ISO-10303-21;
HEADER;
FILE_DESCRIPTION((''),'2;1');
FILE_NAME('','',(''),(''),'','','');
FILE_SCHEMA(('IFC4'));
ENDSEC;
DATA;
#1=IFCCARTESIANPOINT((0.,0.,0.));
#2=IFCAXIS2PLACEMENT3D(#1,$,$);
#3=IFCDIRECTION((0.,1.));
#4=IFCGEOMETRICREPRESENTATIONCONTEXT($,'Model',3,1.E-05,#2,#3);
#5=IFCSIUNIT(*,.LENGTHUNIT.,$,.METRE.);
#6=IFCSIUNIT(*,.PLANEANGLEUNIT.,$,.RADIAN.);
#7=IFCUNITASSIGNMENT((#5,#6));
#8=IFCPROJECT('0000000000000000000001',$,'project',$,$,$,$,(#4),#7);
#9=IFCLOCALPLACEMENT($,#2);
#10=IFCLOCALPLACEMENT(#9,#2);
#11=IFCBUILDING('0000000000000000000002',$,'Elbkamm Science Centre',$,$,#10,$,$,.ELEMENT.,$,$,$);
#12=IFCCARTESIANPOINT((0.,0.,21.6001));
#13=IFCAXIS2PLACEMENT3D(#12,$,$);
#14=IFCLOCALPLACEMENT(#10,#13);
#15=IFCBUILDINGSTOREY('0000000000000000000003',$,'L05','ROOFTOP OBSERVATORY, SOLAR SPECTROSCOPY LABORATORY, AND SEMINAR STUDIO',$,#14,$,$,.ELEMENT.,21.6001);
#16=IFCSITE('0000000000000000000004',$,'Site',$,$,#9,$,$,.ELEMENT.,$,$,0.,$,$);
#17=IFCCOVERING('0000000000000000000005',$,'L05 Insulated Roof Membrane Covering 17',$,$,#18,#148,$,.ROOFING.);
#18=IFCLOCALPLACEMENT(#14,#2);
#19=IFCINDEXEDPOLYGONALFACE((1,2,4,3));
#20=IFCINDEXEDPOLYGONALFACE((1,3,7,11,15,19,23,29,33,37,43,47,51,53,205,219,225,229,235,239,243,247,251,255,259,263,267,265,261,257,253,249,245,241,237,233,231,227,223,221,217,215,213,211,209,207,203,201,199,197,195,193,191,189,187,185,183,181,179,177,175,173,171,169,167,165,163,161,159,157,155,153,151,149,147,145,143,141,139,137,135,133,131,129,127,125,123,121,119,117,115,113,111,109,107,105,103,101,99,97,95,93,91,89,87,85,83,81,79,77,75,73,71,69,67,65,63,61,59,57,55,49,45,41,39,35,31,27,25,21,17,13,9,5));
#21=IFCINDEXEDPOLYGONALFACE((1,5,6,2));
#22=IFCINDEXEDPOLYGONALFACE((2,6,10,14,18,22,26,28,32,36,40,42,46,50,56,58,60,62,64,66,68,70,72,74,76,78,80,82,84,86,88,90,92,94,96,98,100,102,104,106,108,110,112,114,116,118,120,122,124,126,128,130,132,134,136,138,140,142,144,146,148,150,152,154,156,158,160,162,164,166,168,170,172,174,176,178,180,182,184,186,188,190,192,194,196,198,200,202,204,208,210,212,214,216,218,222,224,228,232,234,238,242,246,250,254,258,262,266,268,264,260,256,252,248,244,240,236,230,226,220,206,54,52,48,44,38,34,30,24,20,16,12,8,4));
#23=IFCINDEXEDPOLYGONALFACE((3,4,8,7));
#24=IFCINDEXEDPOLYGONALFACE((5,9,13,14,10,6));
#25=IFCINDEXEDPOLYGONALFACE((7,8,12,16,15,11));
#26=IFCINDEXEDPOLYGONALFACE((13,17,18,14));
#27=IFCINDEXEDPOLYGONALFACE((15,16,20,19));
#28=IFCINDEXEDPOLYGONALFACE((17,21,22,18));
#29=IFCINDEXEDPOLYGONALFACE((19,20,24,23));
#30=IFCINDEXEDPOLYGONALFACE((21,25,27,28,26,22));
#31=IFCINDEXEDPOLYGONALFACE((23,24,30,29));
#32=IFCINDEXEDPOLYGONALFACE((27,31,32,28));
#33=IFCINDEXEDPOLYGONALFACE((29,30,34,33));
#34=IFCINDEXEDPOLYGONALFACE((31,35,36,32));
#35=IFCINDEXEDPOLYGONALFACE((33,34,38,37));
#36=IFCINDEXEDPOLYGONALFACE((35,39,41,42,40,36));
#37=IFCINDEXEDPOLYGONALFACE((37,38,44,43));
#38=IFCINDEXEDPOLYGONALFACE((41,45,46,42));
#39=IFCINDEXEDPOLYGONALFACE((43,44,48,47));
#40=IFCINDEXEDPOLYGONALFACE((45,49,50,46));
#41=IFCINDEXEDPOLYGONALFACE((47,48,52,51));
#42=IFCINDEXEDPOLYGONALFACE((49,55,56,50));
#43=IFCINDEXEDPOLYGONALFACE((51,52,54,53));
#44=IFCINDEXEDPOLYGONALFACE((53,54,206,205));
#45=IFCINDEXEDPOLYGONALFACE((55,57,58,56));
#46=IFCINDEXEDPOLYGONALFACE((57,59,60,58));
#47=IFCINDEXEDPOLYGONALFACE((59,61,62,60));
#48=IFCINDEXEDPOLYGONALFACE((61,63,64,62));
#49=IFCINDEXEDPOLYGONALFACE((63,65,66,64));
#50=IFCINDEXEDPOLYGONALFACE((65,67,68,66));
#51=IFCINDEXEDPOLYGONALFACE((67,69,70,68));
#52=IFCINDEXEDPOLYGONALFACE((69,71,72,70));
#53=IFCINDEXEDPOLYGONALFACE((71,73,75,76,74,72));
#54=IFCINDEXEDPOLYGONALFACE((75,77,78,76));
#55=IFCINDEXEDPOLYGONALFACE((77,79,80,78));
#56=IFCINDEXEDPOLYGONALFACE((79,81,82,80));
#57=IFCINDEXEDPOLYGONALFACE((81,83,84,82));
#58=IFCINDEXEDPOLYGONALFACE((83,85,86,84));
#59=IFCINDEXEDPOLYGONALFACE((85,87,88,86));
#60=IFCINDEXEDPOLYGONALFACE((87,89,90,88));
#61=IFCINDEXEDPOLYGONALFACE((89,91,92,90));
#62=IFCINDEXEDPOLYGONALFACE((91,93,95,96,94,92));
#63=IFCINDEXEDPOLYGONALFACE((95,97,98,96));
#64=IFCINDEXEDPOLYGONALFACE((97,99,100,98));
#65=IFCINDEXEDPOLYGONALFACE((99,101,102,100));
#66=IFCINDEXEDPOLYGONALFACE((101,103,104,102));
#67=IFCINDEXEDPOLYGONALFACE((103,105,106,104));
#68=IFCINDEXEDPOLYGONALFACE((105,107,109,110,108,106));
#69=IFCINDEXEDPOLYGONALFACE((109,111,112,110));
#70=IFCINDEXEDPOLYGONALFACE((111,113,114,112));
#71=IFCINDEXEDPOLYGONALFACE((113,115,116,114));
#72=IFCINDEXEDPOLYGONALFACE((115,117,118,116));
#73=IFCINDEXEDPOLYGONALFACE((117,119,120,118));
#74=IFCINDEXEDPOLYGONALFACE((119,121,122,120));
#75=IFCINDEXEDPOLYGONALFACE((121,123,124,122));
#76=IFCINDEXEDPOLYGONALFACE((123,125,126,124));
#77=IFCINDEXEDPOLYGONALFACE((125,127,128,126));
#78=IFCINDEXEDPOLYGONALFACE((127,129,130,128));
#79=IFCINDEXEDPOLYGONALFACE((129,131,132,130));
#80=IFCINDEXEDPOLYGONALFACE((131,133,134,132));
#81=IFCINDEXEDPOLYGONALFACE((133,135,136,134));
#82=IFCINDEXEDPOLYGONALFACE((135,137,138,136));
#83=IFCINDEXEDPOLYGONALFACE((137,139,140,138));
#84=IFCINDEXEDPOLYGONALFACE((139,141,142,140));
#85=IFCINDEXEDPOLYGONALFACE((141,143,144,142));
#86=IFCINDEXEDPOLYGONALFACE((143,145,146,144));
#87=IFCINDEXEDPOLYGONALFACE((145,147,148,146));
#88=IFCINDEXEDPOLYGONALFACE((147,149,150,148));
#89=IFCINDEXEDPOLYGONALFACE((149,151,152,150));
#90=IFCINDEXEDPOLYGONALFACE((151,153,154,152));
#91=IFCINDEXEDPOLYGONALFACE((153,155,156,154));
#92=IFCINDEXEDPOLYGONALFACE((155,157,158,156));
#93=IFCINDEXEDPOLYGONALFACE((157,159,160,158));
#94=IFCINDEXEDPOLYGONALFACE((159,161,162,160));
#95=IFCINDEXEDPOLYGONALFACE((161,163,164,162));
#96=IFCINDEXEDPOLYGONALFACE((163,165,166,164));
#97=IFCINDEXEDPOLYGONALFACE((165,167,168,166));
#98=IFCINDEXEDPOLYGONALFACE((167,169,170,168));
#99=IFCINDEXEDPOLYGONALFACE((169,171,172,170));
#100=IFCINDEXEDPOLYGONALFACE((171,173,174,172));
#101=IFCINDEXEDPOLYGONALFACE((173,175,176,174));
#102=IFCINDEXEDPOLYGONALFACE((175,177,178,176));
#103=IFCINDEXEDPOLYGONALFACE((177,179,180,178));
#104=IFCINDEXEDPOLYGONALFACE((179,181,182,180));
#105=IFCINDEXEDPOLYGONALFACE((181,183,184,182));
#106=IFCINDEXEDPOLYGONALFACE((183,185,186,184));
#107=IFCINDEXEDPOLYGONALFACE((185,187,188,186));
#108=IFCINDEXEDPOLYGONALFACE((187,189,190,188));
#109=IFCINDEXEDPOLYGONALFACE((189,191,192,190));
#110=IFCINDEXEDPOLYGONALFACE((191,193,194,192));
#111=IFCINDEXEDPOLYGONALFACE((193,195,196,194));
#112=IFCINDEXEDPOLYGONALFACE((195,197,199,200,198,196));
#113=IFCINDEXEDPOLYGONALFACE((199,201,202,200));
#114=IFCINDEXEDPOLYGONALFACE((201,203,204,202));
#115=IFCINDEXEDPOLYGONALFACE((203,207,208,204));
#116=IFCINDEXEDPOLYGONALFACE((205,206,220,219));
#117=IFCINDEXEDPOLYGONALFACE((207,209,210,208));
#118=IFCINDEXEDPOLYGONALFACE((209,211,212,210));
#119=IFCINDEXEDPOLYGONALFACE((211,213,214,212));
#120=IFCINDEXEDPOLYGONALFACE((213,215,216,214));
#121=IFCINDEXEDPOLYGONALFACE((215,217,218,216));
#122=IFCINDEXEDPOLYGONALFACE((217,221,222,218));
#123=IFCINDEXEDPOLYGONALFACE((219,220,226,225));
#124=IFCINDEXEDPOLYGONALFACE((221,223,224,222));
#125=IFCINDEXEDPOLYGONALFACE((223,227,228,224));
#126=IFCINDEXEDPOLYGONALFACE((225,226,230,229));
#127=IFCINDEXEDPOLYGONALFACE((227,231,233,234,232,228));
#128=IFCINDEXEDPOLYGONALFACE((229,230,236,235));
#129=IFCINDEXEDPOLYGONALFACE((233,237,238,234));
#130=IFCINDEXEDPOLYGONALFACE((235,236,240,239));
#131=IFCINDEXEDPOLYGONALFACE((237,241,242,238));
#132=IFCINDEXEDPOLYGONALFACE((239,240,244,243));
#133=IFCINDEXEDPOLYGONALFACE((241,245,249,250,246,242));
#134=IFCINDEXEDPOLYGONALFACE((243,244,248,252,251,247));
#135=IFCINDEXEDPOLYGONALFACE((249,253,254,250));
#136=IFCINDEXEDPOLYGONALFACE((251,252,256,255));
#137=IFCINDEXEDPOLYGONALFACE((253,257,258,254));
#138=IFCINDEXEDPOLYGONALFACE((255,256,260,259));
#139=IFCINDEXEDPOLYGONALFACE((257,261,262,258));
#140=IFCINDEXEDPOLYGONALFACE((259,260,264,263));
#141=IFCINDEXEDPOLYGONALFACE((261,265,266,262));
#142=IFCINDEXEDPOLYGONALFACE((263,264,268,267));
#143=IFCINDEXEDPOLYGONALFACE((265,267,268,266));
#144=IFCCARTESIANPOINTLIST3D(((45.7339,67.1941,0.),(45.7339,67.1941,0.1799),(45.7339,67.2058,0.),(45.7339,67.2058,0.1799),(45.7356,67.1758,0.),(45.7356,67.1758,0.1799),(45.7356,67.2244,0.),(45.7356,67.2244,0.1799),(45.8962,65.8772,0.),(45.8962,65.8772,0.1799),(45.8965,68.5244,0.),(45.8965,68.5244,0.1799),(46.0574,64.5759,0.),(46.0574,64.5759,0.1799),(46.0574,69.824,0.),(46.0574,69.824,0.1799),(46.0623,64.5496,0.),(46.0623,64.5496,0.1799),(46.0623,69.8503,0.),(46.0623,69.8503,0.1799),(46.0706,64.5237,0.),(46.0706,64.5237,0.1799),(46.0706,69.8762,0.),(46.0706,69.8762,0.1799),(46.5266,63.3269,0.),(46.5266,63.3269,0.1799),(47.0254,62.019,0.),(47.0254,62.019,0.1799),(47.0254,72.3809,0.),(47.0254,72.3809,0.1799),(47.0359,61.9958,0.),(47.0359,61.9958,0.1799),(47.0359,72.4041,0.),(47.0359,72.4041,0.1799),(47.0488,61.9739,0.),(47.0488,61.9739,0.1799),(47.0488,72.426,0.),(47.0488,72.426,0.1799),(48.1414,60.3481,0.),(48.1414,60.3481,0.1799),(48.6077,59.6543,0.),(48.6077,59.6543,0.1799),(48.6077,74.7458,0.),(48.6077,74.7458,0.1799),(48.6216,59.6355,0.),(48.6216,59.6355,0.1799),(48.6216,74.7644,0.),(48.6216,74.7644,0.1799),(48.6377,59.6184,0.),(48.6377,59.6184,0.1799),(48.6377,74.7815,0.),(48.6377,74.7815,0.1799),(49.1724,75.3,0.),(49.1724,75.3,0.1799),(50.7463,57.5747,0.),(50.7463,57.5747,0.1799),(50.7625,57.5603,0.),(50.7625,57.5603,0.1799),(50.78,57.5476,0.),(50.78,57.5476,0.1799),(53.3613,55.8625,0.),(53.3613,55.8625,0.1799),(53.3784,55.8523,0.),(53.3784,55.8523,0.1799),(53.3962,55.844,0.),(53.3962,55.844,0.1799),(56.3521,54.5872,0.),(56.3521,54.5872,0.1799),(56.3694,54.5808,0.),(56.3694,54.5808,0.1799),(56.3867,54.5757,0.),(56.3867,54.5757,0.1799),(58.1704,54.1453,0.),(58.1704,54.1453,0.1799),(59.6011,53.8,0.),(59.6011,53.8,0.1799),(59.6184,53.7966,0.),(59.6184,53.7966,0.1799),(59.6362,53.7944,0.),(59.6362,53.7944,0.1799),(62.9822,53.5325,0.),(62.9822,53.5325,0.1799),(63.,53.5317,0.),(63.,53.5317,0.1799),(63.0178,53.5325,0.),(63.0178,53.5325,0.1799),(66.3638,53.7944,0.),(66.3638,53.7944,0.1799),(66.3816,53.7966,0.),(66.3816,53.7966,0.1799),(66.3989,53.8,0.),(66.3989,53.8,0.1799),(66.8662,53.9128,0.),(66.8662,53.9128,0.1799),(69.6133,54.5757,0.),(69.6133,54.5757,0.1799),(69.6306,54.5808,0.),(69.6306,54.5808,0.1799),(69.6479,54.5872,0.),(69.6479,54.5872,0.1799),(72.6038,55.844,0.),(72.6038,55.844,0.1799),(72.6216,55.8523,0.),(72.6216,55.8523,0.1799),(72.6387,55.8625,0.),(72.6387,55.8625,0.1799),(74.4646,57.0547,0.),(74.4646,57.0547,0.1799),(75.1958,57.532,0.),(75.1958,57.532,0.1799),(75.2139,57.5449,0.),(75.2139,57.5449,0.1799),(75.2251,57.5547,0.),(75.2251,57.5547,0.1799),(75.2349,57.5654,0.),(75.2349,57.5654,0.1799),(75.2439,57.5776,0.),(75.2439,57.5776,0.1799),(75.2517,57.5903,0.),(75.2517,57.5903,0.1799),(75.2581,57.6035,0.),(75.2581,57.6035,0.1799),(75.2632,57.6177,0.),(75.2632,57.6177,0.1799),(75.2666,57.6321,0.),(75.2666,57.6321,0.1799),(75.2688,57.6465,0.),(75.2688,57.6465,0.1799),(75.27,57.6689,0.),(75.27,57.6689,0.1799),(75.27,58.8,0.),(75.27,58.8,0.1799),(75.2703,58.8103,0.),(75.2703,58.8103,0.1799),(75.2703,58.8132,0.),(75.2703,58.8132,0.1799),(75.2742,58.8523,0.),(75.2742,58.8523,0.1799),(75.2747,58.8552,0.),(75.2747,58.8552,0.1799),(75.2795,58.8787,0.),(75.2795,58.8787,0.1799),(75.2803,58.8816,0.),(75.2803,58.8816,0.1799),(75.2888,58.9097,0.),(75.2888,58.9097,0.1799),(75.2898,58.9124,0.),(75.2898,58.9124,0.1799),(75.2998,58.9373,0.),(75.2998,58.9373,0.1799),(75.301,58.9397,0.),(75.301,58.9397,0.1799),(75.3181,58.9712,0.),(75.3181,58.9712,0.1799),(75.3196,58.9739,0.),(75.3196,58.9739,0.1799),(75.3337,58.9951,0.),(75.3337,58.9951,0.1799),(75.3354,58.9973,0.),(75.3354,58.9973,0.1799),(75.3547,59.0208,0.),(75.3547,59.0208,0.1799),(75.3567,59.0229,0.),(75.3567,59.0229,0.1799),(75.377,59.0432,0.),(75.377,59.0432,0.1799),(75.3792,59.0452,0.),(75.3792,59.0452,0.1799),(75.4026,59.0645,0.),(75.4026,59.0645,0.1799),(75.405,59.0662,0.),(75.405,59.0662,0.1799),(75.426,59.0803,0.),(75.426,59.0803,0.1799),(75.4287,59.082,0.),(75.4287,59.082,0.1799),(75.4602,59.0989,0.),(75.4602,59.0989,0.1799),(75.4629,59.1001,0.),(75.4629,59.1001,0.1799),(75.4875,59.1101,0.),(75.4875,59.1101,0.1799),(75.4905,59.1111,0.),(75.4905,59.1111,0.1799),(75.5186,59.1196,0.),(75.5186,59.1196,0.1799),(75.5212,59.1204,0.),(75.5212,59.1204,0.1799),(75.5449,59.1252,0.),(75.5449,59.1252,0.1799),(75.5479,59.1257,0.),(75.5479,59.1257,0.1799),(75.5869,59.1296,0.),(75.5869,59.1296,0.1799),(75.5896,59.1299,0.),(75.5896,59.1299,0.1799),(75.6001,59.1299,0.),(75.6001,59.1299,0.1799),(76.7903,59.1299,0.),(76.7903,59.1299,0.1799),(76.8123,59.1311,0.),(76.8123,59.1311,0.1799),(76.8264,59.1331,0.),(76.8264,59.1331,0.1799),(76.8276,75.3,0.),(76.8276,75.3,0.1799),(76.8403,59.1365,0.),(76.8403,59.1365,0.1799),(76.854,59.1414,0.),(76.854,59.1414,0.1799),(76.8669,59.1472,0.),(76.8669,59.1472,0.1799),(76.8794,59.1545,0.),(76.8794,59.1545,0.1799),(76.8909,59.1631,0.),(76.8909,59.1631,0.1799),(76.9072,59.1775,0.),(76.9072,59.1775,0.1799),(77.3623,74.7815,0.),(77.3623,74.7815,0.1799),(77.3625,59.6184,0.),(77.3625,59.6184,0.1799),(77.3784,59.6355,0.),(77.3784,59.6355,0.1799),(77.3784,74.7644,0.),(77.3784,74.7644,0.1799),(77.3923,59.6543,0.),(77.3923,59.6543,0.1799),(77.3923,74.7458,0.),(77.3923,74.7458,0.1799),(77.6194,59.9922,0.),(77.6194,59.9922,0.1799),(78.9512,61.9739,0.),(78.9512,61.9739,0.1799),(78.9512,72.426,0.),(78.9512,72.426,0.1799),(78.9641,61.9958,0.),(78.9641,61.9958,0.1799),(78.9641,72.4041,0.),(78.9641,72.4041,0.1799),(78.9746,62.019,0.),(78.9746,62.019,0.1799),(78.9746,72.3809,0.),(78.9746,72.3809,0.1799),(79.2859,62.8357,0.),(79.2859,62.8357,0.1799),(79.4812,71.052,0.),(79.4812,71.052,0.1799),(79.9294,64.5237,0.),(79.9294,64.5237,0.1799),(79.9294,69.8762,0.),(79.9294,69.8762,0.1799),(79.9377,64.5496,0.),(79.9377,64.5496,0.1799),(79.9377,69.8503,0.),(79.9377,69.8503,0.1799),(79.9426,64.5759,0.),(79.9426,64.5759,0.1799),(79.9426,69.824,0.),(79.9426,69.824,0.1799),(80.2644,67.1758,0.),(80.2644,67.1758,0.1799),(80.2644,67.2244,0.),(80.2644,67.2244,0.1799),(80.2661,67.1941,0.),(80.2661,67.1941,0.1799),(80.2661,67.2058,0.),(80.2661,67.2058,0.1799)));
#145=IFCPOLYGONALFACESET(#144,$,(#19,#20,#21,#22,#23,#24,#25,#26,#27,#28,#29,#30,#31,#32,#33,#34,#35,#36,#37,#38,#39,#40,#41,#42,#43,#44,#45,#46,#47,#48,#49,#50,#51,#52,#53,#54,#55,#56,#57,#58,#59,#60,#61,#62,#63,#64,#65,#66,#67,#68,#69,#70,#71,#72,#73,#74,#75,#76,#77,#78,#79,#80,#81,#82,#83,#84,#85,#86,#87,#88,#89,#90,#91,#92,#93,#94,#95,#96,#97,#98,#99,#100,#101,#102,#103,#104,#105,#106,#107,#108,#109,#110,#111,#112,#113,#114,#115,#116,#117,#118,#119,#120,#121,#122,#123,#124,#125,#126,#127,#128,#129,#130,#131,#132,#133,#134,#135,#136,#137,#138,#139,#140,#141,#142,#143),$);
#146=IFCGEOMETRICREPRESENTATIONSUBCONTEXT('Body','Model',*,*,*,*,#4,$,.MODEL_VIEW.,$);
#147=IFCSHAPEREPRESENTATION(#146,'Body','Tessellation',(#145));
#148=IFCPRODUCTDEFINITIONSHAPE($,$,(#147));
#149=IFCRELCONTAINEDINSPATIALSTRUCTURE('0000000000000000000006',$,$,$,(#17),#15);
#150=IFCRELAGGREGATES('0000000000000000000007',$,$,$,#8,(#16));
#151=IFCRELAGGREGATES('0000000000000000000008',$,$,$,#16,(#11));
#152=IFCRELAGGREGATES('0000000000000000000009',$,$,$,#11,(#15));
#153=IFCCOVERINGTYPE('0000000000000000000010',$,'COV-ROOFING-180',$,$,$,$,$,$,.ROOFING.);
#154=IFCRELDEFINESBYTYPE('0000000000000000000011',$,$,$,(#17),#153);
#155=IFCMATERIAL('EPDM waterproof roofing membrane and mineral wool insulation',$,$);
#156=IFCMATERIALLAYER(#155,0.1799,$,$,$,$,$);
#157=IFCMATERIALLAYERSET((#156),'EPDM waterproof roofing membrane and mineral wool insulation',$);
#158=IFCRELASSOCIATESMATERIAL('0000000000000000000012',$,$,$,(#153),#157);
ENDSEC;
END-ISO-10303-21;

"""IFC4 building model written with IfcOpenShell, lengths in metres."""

from ifc_helpers import new_model, si_unit, direction, frame, origin, place, context, subcontext, project, spatial, polyline, outline, extrude, material, layer, layer_set, type_object, element, save


model = new_model("IFC4")

# Units and contexts
model_context = context("Model", 3, precision=1e-05, world=origin(), true_north=direction((0.0, 1.0)))
body_context = subcontext(model_context, "Body", "Model", "MODEL_VIEW")
ifc_project = project(units=[si_unit("LENGTHUNIT", "METRE"), si_unit("PLANEANGLEUNIT", "RADIAN")], contexts=[model_context])

# Site, building, storey
site_placement = place(None, origin())
site = spatial("IfcSite", under=ifc_project, at=site_placement, Name="Site", CompositionType="ELEMENT", RefElevation=0.0)
building_placement = place(site_placement, origin())
building = spatial("IfcBuilding", under=site, at=building_placement, Name="Elbkamm Science Centre", CompositionType="ELEMENT")
storey_placement = place(building_placement, frame((0.0, 0.0, 21.6001)))
storey = spatial("IfcBuildingStorey", under=building, at=storey_placement, Name="L05", Description="ROOFTOP OBSERVATORY, SOLAR SPECTROSCOPY LABORATORY, AND SEMINAR STUDIO", CompositionType="ELEMENT", Elevation=21.6001)

# Covering
ifc_material_1 = material(Name="EPDM waterproof roofing membrane and mineral wool insulation")
ifc_layer_1 = layer(ifc_material_1, 0.1799)
ifc_layer_set_1 = layer_set([ifc_layer_1], Name="EPDM waterproof roofing membrane and mineral wool insulation")
covering_type_1 = type_object("IfcCoveringType", Name="COV-ROOFING-180", PredefinedType="ROOFING", material=ifc_layer_set_1)
covering_1_placement = place(storey_placement, origin())
element("IfcCovering", 1, at=covering_1_placement, inside=storey, type_object=covering_type_1, Name="L05 Insulated Roof Membrane Covering 17", PredefinedType="ROOFING", context=body_context, shape_type="SweptSolid", body=[
    extrude(outline(polyline([(75.2666, 57.6321), (75.2632, 57.6177), (75.2581, 57.6035), (75.2517, 57.5903), (75.2439, 57.5776), (75.2349, 57.5654), (75.2251, 57.5547), (75.2139, 57.5449), (75.1958, 57.532), (74.4646, 57.0547), (72.6387, 55.8625), (72.6216, 55.8523), (72.6038, 55.844), (69.6479, 54.5872), (69.6306, 54.5808), (69.6133, 54.5757), (66.8662, 53.9128), (66.3989, 53.8), (66.3816, 53.7966), (66.3638, 53.7944), (63.0178, 53.5325), (63.0, 53.5317), (62.9822, 53.5325), (59.6362, 53.7944), (59.6184, 53.7966), (59.6011, 53.8), (58.1704, 54.1453), (56.3867, 54.5757), (56.3694, 54.5808), (56.3521, 54.5872), (53.3962, 55.844), (53.3784, 55.8523), (53.3613, 55.8625), (50.78, 57.5476), (50.7625, 57.5603), (50.7463, 57.5747), (48.6377, 59.6184), (48.6216, 59.6355), (48.6077, 59.6543), (48.1414, 60.3481), (47.0488, 61.9739), (47.0359, 61.9958), (47.0254, 62.019), (46.5266, 63.3269), (46.0706, 64.5237), (46.0623, 64.5496), (46.0574, 64.5759), (45.8962, 65.8772), (45.7356, 67.1758), (45.7339, 67.1941), (45.7339, 67.2058), (45.7356, 67.2244), (45.8965, 68.5244), (46.0574, 69.824), (46.0623, 69.8503), (46.0706, 69.8762), (47.0254, 72.3809), (47.0359, 72.4041), (47.0488, 72.426), (48.6077, 74.7458), (48.6216, 74.7644), (48.6377, 74.7815), (49.1724, 75.3), (76.8276, 75.3), (77.3623, 74.7815), (77.3784, 74.7644), (77.3923, 74.7458), (78.9512, 72.426), (78.9641, 72.4041), (78.9746, 72.3809), (79.4812, 71.052), (79.9294, 69.8762), (79.9377, 69.8503), (79.9426, 69.824), (80.2644, 67.2244), (80.2661, 67.2058), (80.2661, 67.1941), (80.2644, 67.1758), (79.9426, 64.5759), (79.9377, 64.5496), (79.9294, 64.5237), (79.2859, 62.8357), (78.9746, 62.019), (78.9641, 61.9958), (78.9512, 61.9739), (77.6194, 59.9922), (77.3923, 59.6543), (77.3784, 59.6355), (77.3625, 59.6184), (76.9072, 59.1775), (76.8909, 59.1631), (76.8794, 59.1545), (76.8669, 59.1472), (76.854, 59.1414), (76.8403, 59.1365), (76.8264, 59.1331), (76.8123, 59.1311), (76.7903, 59.1299), (75.6001, 59.1299), (75.5896, 59.1299), (75.5869, 59.1296), (75.5479, 59.1257), (75.5449, 59.1252), (75.5212, 59.1204), (75.5186, 59.1196), (75.4905, 59.1111), (75.4875, 59.1101), (75.4629, 59.1001), (75.4602, 59.0989), (75.4287, 59.082), (75.426, 59.0803), (75.405, 59.0662), (75.4026, 59.0645), (75.3792, 59.0452), (75.377, 59.0432), (75.3567, 59.0229), (75.3547, 59.0208), (75.3354, 58.9973), (75.3337, 58.9951), (75.3196, 58.9739), (75.3181, 58.9712), (75.301, 58.9397), (75.2998, 58.9373), (75.2898, 58.9124), (75.2888, 58.9097), (75.2803, 58.8816), (75.2795, 58.8787), (75.2747, 58.8552), (75.2742, 58.8523), (75.2703, 58.8132), (75.2703, 58.8103), (75.27, 58.8), (75.27, 57.6689), (75.2688, 57.6465), (75.2666, 57.6321)])), origin(), (0.0, 0.0, 1.0), 0.1799),
])

save(model, "model.ifc")
